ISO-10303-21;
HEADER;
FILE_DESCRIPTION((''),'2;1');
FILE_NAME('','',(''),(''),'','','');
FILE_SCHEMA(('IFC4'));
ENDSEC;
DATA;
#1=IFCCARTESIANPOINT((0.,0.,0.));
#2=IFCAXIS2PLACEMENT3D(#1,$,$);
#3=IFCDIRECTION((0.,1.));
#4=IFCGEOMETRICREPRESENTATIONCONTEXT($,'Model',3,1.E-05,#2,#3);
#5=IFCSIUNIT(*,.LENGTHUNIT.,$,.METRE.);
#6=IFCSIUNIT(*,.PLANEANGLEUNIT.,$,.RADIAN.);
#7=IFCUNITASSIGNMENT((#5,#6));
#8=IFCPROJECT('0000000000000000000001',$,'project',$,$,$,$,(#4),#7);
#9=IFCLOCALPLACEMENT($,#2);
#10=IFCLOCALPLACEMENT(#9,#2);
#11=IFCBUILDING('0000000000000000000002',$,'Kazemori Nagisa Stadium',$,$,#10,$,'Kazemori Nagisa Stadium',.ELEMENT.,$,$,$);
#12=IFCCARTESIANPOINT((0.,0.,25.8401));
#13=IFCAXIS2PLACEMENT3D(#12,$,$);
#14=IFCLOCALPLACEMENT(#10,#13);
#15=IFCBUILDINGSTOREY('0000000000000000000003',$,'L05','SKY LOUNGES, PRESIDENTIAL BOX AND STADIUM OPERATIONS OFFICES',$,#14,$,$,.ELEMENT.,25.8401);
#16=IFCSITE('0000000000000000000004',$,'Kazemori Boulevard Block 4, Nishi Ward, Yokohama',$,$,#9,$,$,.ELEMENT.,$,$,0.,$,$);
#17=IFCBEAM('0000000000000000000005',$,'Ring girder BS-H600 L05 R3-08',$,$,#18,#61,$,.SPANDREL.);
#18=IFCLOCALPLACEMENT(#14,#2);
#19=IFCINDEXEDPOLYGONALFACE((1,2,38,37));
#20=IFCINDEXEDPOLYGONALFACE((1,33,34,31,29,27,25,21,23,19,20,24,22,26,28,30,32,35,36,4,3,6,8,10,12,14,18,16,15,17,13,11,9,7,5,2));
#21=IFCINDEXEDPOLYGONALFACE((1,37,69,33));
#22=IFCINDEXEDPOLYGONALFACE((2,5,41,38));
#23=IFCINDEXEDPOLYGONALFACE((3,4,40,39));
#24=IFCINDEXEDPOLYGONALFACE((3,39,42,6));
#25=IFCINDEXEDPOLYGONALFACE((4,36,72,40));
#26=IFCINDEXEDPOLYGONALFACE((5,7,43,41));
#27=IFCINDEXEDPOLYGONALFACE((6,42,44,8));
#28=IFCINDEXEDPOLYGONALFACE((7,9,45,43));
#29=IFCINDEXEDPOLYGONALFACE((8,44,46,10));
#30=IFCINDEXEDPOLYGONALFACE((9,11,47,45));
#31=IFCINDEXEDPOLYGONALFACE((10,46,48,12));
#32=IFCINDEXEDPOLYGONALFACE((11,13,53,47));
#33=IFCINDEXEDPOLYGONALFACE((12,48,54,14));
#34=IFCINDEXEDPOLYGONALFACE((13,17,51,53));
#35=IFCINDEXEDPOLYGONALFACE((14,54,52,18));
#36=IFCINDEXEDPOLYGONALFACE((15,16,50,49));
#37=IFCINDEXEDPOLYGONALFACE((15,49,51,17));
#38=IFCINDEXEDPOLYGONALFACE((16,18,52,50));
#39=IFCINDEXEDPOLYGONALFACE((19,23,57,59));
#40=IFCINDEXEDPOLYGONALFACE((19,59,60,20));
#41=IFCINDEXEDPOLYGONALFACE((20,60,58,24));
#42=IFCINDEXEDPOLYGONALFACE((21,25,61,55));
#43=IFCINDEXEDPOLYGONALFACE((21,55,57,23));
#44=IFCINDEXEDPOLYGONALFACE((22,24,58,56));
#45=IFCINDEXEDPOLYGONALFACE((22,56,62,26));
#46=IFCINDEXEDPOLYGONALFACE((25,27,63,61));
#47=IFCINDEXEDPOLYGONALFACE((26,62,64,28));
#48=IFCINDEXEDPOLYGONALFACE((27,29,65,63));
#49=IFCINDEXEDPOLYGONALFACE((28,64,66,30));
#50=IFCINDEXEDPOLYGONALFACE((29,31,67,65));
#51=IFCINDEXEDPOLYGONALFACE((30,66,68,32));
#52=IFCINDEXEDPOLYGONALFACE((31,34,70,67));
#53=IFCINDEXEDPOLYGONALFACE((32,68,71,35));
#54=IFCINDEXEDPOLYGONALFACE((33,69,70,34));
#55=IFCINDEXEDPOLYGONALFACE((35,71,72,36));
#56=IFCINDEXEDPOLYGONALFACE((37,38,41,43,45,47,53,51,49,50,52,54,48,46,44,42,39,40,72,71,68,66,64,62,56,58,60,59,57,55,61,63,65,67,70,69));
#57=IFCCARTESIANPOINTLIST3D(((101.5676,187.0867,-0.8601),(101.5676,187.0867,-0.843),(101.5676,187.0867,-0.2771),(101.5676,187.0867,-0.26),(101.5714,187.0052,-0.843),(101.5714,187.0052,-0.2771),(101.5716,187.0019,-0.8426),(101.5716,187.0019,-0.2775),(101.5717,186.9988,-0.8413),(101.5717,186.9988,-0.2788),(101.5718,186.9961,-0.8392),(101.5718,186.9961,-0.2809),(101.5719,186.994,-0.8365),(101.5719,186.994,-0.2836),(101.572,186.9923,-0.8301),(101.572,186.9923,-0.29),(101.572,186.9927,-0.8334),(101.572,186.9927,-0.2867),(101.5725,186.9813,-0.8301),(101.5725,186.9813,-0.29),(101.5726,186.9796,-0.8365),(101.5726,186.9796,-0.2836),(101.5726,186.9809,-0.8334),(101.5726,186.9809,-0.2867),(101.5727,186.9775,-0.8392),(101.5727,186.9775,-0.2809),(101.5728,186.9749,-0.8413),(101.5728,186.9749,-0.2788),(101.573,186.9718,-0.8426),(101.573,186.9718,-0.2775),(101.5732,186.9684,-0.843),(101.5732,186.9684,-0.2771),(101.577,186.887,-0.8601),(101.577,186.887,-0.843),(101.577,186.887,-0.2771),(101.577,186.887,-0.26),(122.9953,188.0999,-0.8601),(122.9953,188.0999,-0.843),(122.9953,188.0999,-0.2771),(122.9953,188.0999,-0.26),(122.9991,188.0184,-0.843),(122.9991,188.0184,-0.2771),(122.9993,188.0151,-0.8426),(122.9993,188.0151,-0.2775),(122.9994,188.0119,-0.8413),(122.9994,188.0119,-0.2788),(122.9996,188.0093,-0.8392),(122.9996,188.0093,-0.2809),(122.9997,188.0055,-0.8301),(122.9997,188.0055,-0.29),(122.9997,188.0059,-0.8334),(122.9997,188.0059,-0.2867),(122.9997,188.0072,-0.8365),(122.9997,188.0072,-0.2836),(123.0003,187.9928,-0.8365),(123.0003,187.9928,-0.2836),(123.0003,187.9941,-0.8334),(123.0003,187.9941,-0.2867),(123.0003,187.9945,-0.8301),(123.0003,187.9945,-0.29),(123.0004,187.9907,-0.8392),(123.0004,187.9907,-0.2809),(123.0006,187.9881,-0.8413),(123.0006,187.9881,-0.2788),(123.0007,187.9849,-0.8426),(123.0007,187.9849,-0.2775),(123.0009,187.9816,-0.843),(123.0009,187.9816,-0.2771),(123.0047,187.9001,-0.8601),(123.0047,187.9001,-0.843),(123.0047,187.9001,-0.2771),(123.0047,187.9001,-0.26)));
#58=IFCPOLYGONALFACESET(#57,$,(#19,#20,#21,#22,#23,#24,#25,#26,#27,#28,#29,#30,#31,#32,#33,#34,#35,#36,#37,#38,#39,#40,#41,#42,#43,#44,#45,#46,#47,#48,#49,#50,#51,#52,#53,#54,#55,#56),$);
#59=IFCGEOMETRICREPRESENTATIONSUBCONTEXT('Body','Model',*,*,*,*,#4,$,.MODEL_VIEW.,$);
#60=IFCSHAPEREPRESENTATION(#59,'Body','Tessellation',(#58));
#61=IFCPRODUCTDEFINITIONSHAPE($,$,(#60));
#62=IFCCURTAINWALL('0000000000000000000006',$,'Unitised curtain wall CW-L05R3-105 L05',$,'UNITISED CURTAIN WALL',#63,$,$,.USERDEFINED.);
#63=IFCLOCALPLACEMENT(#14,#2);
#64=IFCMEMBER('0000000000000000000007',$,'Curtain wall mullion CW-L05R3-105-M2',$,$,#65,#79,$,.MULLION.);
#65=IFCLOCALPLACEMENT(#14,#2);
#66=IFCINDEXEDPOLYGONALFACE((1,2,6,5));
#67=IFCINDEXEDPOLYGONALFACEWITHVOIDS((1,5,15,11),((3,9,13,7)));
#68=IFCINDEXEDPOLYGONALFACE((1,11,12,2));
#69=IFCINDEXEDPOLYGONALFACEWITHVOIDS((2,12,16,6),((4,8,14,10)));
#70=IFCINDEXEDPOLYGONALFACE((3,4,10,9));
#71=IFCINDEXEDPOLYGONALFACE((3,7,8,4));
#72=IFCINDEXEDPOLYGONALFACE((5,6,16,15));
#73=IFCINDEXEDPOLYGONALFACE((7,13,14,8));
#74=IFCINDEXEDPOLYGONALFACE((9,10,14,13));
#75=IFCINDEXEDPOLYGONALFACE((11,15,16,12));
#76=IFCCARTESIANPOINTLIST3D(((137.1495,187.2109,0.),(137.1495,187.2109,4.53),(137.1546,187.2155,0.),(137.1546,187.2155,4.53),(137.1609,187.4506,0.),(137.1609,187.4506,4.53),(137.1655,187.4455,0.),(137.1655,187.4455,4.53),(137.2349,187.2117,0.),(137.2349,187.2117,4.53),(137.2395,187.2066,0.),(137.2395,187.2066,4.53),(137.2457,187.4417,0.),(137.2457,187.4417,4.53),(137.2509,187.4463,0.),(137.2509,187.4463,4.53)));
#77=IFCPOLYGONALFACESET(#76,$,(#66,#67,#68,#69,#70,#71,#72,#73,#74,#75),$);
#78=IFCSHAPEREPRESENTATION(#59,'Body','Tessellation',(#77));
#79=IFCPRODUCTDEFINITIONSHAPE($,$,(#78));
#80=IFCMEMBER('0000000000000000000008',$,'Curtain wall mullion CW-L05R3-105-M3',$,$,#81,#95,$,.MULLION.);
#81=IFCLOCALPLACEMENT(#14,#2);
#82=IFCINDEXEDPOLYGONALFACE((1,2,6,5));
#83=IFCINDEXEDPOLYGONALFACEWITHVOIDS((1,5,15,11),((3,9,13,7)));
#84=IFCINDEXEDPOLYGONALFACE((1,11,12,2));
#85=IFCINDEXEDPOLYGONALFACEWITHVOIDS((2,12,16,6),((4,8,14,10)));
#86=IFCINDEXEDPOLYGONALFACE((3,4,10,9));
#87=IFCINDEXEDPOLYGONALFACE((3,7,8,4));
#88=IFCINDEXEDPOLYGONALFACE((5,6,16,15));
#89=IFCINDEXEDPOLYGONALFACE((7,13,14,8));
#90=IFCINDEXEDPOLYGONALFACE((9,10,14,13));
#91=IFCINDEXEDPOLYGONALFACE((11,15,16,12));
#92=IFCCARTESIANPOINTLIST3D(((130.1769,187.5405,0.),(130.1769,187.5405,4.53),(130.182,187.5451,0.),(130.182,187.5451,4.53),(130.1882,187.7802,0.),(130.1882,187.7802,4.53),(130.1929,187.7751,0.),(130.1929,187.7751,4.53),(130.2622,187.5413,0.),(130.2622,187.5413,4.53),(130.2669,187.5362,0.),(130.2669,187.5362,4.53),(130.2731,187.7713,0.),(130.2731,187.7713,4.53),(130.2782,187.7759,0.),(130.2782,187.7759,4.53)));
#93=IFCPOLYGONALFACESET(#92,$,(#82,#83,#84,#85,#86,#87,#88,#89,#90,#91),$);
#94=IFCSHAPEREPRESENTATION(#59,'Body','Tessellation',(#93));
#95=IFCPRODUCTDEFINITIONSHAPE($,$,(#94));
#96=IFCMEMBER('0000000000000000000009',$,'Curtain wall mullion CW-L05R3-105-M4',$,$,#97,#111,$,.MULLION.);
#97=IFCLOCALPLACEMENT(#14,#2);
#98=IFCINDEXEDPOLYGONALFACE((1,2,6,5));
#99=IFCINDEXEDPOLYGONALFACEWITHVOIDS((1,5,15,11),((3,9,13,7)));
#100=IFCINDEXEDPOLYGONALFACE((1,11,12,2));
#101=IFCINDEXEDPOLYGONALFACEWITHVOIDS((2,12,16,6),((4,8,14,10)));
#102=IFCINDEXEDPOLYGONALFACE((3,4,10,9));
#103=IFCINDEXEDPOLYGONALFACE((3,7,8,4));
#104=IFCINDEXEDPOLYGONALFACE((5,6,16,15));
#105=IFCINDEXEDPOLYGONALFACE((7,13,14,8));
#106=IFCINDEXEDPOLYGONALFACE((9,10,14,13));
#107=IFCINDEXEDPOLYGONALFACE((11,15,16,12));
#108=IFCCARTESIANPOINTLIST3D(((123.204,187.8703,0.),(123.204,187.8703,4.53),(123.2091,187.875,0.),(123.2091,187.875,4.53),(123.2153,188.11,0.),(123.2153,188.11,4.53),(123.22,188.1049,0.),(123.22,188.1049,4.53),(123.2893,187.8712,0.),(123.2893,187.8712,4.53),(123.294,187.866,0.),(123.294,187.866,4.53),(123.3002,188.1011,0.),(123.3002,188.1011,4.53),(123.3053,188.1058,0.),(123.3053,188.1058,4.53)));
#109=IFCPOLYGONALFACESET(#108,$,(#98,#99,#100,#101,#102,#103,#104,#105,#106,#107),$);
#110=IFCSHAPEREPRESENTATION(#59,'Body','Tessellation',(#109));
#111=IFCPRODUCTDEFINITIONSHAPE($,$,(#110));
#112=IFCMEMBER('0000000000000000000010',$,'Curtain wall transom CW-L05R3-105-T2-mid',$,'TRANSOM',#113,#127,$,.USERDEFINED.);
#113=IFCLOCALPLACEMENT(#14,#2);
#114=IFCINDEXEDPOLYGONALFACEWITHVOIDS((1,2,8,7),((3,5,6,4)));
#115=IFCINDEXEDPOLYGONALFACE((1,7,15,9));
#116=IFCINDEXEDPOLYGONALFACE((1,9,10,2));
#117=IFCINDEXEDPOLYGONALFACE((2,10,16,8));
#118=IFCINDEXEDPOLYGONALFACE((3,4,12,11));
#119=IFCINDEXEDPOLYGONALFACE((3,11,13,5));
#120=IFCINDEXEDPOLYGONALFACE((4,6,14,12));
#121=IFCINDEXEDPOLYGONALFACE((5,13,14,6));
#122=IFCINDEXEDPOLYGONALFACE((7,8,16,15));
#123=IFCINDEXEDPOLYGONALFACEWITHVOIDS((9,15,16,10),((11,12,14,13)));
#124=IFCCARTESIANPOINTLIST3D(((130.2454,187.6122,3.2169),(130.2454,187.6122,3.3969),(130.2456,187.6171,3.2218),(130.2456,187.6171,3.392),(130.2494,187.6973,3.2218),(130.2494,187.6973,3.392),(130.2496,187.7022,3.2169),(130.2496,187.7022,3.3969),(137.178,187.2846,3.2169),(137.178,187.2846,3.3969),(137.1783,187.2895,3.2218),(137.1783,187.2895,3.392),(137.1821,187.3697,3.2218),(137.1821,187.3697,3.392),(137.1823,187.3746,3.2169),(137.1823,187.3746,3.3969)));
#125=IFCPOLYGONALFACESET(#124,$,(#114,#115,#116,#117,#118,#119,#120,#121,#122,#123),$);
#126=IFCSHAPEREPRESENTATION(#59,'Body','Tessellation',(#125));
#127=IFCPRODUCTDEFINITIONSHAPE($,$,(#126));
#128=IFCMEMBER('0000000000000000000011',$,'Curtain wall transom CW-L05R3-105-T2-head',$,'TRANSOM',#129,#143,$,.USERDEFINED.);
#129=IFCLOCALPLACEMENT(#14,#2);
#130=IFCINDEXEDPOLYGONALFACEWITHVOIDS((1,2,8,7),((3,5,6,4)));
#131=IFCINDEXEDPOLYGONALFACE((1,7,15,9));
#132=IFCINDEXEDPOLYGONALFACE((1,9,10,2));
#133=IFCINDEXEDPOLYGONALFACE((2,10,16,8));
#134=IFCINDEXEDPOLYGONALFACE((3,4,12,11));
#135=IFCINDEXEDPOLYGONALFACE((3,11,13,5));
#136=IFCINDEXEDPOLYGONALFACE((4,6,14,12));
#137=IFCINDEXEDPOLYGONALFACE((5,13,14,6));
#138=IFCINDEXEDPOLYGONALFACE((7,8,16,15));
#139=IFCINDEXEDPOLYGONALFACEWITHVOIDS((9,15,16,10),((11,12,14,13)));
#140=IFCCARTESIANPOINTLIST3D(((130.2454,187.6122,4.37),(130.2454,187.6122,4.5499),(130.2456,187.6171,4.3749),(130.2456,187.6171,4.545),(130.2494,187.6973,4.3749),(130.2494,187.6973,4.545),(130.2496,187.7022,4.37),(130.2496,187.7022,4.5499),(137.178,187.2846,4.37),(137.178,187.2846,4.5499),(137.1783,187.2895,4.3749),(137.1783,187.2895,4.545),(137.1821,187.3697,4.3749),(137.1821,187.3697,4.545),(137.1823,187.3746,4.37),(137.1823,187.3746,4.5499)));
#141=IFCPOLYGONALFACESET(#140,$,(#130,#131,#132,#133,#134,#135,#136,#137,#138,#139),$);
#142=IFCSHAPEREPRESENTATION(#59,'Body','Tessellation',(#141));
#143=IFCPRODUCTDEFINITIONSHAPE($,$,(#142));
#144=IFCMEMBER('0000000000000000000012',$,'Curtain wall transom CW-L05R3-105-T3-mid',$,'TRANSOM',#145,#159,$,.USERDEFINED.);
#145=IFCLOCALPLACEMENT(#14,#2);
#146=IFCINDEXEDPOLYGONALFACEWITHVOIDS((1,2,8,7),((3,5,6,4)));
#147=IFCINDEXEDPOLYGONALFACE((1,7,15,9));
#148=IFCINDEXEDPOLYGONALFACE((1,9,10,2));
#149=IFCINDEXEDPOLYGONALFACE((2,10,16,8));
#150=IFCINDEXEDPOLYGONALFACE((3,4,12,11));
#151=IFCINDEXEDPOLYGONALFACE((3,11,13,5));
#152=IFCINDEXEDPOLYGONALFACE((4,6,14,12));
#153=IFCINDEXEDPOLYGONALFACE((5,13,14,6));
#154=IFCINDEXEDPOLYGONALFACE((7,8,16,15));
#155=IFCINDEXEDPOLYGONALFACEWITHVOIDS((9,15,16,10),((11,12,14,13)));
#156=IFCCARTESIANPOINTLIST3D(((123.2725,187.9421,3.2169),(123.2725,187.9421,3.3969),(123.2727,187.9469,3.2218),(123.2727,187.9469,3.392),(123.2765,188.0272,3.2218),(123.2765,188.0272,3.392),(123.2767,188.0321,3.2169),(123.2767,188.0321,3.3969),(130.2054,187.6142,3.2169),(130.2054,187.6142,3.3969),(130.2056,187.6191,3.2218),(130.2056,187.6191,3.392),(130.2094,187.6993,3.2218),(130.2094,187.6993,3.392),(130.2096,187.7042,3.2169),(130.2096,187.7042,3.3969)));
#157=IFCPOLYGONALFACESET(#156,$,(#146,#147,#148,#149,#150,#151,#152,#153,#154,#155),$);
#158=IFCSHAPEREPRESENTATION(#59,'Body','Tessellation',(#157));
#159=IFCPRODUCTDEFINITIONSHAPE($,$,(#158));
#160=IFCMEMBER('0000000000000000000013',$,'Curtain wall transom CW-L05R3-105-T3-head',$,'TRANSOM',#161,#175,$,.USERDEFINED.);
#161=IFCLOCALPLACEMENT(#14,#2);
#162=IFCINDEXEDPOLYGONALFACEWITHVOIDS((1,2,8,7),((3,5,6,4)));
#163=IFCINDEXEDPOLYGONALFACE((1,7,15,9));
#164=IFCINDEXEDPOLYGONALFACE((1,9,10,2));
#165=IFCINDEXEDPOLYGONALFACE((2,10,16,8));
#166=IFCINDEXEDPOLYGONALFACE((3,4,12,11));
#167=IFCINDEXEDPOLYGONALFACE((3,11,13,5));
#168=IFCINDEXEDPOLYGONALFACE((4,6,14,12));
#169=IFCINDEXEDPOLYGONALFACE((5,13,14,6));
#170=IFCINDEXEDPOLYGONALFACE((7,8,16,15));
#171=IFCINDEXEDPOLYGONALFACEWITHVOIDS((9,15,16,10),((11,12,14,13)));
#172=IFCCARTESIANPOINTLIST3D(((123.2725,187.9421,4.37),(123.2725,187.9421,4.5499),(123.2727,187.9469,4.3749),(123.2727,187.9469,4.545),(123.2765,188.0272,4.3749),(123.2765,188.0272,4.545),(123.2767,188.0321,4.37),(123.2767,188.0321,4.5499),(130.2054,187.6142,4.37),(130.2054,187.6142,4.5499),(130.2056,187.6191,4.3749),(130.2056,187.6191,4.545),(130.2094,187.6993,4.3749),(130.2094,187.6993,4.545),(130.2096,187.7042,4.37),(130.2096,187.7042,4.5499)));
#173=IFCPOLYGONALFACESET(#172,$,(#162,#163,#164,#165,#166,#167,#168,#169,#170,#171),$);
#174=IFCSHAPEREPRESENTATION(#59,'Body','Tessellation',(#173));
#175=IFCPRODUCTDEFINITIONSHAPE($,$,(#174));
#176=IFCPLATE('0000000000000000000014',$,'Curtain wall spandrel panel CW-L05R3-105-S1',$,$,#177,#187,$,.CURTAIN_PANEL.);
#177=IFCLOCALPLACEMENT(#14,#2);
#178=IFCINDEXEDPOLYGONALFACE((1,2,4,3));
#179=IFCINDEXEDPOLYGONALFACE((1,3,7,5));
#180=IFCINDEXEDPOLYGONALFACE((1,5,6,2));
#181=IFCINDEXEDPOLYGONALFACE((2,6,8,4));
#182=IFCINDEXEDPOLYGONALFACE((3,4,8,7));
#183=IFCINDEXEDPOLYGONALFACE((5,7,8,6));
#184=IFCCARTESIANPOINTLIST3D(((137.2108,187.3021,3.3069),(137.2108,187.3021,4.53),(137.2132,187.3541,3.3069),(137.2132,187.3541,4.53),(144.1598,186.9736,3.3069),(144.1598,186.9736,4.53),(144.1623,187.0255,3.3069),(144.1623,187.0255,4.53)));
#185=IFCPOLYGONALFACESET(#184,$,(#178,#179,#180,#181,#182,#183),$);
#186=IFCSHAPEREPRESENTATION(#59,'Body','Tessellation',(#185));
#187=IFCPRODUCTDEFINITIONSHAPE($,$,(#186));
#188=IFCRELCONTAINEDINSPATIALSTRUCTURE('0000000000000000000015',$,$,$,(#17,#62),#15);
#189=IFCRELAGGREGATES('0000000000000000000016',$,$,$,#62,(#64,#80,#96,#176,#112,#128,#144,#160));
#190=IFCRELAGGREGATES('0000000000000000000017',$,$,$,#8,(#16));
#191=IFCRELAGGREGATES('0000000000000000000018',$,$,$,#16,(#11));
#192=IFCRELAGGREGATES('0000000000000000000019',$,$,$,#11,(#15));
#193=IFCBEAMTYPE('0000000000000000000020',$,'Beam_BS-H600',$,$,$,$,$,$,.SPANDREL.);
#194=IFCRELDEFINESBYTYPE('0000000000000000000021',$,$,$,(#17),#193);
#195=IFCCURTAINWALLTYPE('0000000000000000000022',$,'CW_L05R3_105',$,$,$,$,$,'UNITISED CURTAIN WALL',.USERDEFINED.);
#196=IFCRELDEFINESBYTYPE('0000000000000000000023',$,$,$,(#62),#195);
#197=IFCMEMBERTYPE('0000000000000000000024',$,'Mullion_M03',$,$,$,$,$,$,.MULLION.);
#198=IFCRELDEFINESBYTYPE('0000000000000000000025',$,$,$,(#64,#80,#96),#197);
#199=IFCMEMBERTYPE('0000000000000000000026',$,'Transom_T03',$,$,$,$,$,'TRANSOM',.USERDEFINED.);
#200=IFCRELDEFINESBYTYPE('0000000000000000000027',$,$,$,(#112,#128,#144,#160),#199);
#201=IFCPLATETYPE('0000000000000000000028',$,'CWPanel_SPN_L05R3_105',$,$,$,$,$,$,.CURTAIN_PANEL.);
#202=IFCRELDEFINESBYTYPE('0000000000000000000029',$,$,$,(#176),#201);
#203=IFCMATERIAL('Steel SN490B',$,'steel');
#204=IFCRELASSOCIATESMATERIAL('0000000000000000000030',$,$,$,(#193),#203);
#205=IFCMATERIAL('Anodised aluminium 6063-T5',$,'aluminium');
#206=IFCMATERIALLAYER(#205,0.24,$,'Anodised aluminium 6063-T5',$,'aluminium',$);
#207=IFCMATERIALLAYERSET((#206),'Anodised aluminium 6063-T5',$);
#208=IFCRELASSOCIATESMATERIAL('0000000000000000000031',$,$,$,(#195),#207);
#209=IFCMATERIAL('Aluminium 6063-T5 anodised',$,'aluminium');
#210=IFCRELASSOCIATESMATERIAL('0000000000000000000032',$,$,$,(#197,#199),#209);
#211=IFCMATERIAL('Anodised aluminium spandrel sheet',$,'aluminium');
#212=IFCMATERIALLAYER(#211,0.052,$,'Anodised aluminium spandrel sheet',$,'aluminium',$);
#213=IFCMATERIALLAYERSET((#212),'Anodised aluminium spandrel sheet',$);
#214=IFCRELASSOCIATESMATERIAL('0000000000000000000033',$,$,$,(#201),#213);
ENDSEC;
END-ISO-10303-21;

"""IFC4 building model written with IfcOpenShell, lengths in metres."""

from ifc_helpers import new_model, si_unit, direction, frame, origin, origin_2d, place, context, subcontext, project, spatial, rectangle, hollow_rectangle, i_section, extrude, material, layer, layer_set, material_profile, profile_set, type_object, element, aggregate, save


model = new_model("IFC4")

# Units and contexts
model_context = context("Model", 3, precision=1e-05, world=origin(), true_north=direction((0.0, 1.0)))
body_context = subcontext(model_context, "Body", "Model", "MODEL_VIEW")
ifc_project = project(units=[si_unit("LENGTHUNIT", "METRE"), si_unit("PLANEANGLEUNIT", "RADIAN")], contexts=[model_context])

# Site, building, storey
site_placement = place(None, origin())
site = spatial("IfcSite", under=ifc_project, at=site_placement, Name="Kazemori Boulevard Block 4, Nishi Ward, Yokohama", CompositionType="ELEMENT", RefElevation=0.0)
building_placement = place(site_placement, origin())
building = spatial("IfcBuilding", under=site, at=building_placement, Name="Kazemori Nagisa Stadium", LongName="Kazemori Nagisa Stadium", CompositionType="ELEMENT")
storey_placement = place(building_placement, frame((0.0, 0.0, 25.8401)))
storey = spatial("IfcBuildingStorey", under=building, at=storey_placement, Name="L05", Description="SKY LOUNGES, PRESIDENTIAL BOX AND STADIUM OPERATIONS OFFICES", CompositionType="ELEMENT", Elevation=25.8401)

# Beam
ifc_material_1 = material(Name="Steel SN490B", Category="steel")
ifc_material_profile_1 = material_profile(ifc_material_1, i_section(OverallWidth=0.2, OverallDepth=0.6001, WebThickness=0.011, FlangeThickness=0.0171, FilletRadius=0.0129, at=origin_2d()), Name="H-600x200x11x17")
ifc_profile_set_1 = profile_set([ifc_material_profile_1], Name="Steel SN490B")
beam_type_1 = type_object("IfcBeamType", Name="Beam_BS-H600", PredefinedType="SPANDREL", material=ifc_profile_set_1)
beam_1_placement = place(storey_placement, frame((123.0, 188.0, -0.5601), z_axis=(-0.998884, -0.047231, 0.0), x_axis=(0.047231, -0.998884, 0.0)))
element("IfcBeam", 1, at=beam_1_placement, inside=storey, type_object=beam_type_1, Name="Ring girder BS-H600 L05 R3-08", PredefinedType="SPANDREL", context=body_context, shape_type="SweptSolid", body=[
    extrude(i_section(OverallWidth=0.2, OverallDepth=0.6001, WebThickness=0.011, FlangeThickness=0.0171, FilletRadius=0.0129, at=origin_2d()), origin(), (0.0, 0.0, 1.0), 21.4517),
])

# Curtain wall, members, plate
ifc_material_2 = material(Name="Anodised aluminium 6063-T5", Category="aluminium")
ifc_layer_1 = layer(ifc_material_2, 0.24, Name="Anodised aluminium 6063-T5", Category="aluminium")
ifc_layer_set_1 = layer_set([ifc_layer_1], Name="Anodised aluminium 6063-T5")
curtain_wall_type = type_object("IfcCurtainWallType", Name="CW_L05R3_105", ElementType="UNITISED CURTAIN WALL", PredefinedType="USERDEFINED", material=ifc_layer_set_1)
curtain_wall_placement = place(storey_placement, origin())
curtain_wall = element("IfcCurtainWall", 2, at=curtain_wall_placement, inside=storey, type_object=curtain_wall_type, Name="Unitised curtain wall CW-L05R3-105 L05", ObjectType="UNITISED CURTAIN WALL", PredefinedType="USERDEFINED")
ifc_material_3 = material(Name="Aluminium 6063-T5 anodised", Category="aluminium")
ifc_material_profile_2 = material_profile(ifc_material_3, hollow_rectangle(XDim=0.0901, YDim=0.24, WallThickness=0.0049, at=origin_2d()), Name="ALU-MULL-90x240x5")
ifc_profile_set_2 = profile_set([ifc_material_profile_2], Name="Aluminium 6063-T5 anodised")
member_type_1 = type_object("IfcMemberType", Name="Mullion_M03", PredefinedType="MULLION", material=ifc_profile_set_2)
member_1_placement = place(storey_placement, frame((137.2002, 187.3286, 0.0), z_axis=(0.0, 0.0, 1.0), x_axis=(-0.998884, 0.04723, 0.0)))
member_1 = element("IfcMember", 3, at=member_1_placement, type_object=member_type_1, Name="Curtain wall mullion CW-L05R3-105-M2", PredefinedType="MULLION", context=body_context, shape_type="SweptSolid", body=[
    extrude(hollow_rectangle(XDim=0.0901, YDim=0.24, WallThickness=0.0049, at=origin_2d()), origin(), (0.0, 0.0, 1.0), 4.53),
])
member_2_placement = place(storey_placement, frame((130.2275, 187.6582, 0.0), z_axis=(0.0, 0.0, 1.0), x_axis=(-0.998884, 0.04723, 0.0)))
member_2 = element("IfcMember", 4, at=member_2_placement, type_object=member_type_1, Name="Curtain wall mullion CW-L05R3-105-M3", PredefinedType="MULLION", context=body_context, shape_type="SweptSolid", body=[
    extrude(hollow_rectangle(XDim=0.0901, YDim=0.24, WallThickness=0.0049, at=origin_2d()), origin(), (0.0, 0.0, 1.0), 4.53),
])
member_3_placement = place(storey_placement, frame((123.2546, 187.988, 0.0), z_axis=(0.0, 0.0, 1.0), x_axis=(-0.998884, 0.04723, 0.0)))
member_3 = element("IfcMember", 5, at=member_3_placement, type_object=member_type_1, Name="Curtain wall mullion CW-L05R3-105-M4", PredefinedType="MULLION", context=body_context, shape_type="SweptSolid", body=[
    extrude(hollow_rectangle(XDim=0.0901, YDim=0.24, WallThickness=0.0049, at=origin_2d()), origin(), (0.0, 0.0, 1.0), 4.53),
])
ifc_material_profile_3 = material_profile(ifc_material_3, hollow_rectangle(XDim=0.0901, YDim=0.1799, WallThickness=0.0049, at=origin_2d()), Name="ALU-TRAN-90x180x5")
ifc_profile_set_3 = profile_set([ifc_material_profile_3], Name="Aluminium 6063-T5 anodised")
member_type_2 = type_object("IfcMemberType", Name="Transom_T03", ElementType="TRANSOM", PredefinedType="USERDEFINED", material=ifc_profile_set_3)
member_4_placement = place(storey_placement, frame((137.1802, 187.3296, 3.3069), z_axis=(-0.998885, 0.047207, 0.0), x_axis=(-0.047207, -0.998885, 0.0)))
member_4 = element("IfcMember", 6, at=member_4_placement, type_object=member_type_2, Name="Curtain wall transom CW-L05R3-105-T2-mid", ObjectType="TRANSOM", PredefinedType="USERDEFINED", context=body_context, shape_type="SweptSolid", body=[
    extrude(hollow_rectangle(XDim=0.0901, YDim=0.1799, WallThickness=0.0049, at=origin_2d()), origin(), (0.0, 0.0, 1.0), 6.9404),
])
member_5_placement = place(storey_placement, frame((137.1802, 187.3296, 4.46), z_axis=(-0.998885, 0.047207, 0.0), x_axis=(-0.047207, -0.998885, 0.0)))
member_5 = element("IfcMember", 7, at=member_5_placement, type_object=member_type_2, Name="Curtain wall transom CW-L05R3-105-T2-head", ObjectType="TRANSOM", PredefinedType="USERDEFINED", context=body_context, shape_type="SweptSolid", body=[
    extrude(hollow_rectangle(XDim=0.0901, YDim=0.1799, WallThickness=0.0049, at=origin_2d()), origin(), (0.0, 0.0, 1.0), 6.9404),
])
member_6_placement = place(storey_placement, frame((130.2075, 187.6592, 3.3069), z_axis=(-0.998884, 0.047241, 0.0), x_axis=(-0.047241, -0.998884, 0.0)))
member_6 = element("IfcMember", 8, at=member_6_placement, type_object=member_type_2, Name="Curtain wall transom CW-L05R3-105-T3-mid", ObjectType="TRANSOM", PredefinedType="USERDEFINED", context=body_context, shape_type="SweptSolid", body=[
    extrude(hollow_rectangle(XDim=0.0901, YDim=0.1799, WallThickness=0.0049, at=origin_2d()), origin(), (0.0, 0.0, 1.0), 6.9407),
])
member_7_placement = place(storey_placement, frame((130.2075, 187.6592, 4.46), z_axis=(-0.998884, 0.047241, 0.0), x_axis=(-0.047241, -0.998884, 0.0)))
member_7 = element("IfcMember", 9, at=member_7_placement, type_object=member_type_2, Name="Curtain wall transom CW-L05R3-105-T3-head", ObjectType="TRANSOM", PredefinedType="USERDEFINED", context=body_context, shape_type="SweptSolid", body=[
    extrude(hollow_rectangle(XDim=0.0901, YDim=0.1799, WallThickness=0.0049, at=origin_2d()), origin(), (0.0, 0.0, 1.0), 6.9407),
])
ifc_material_4 = material(Name="Anodised aluminium spandrel sheet", Category="aluminium")
ifc_layer_2 = layer(ifc_material_4, 0.052, Name="Anodised aluminium spandrel sheet", Category="aluminium")
ifc_layer_set_2 = layer_set([ifc_layer_2], Name="Anodised aluminium spandrel sheet")
plate_type_1 = type_object("IfcPlateType", Name="CWPanel_SPN_L05R3_105", PredefinedType="CURTAIN_PANEL", material=ifc_layer_set_2)
plate_1_placement = place(storey_placement, frame((140.6865, 187.1638, 3.3069), z_axis=(0.0, 0.0, 1.0), x_axis=(-0.998884, 0.04723, 0.0)))
plate_1 = element("IfcPlate", 10, at=plate_1_placement, type_object=plate_type_1, Name="Curtain wall spandrel panel CW-L05R3-105-S1", PredefinedType="CURTAIN_PANEL", context=body_context, shape_type="SweptSolid", body=[
    extrude(rectangle(XDim=6.9568, YDim=0.052, at=origin_2d()), origin(), (0.0, 0.0, 1.0), 1.2231),
])
aggregate(curtain_wall, [member_1, member_2, member_3, plate_1, member_4, member_5, member_6, member_7])

save(model, "model.ifc")
